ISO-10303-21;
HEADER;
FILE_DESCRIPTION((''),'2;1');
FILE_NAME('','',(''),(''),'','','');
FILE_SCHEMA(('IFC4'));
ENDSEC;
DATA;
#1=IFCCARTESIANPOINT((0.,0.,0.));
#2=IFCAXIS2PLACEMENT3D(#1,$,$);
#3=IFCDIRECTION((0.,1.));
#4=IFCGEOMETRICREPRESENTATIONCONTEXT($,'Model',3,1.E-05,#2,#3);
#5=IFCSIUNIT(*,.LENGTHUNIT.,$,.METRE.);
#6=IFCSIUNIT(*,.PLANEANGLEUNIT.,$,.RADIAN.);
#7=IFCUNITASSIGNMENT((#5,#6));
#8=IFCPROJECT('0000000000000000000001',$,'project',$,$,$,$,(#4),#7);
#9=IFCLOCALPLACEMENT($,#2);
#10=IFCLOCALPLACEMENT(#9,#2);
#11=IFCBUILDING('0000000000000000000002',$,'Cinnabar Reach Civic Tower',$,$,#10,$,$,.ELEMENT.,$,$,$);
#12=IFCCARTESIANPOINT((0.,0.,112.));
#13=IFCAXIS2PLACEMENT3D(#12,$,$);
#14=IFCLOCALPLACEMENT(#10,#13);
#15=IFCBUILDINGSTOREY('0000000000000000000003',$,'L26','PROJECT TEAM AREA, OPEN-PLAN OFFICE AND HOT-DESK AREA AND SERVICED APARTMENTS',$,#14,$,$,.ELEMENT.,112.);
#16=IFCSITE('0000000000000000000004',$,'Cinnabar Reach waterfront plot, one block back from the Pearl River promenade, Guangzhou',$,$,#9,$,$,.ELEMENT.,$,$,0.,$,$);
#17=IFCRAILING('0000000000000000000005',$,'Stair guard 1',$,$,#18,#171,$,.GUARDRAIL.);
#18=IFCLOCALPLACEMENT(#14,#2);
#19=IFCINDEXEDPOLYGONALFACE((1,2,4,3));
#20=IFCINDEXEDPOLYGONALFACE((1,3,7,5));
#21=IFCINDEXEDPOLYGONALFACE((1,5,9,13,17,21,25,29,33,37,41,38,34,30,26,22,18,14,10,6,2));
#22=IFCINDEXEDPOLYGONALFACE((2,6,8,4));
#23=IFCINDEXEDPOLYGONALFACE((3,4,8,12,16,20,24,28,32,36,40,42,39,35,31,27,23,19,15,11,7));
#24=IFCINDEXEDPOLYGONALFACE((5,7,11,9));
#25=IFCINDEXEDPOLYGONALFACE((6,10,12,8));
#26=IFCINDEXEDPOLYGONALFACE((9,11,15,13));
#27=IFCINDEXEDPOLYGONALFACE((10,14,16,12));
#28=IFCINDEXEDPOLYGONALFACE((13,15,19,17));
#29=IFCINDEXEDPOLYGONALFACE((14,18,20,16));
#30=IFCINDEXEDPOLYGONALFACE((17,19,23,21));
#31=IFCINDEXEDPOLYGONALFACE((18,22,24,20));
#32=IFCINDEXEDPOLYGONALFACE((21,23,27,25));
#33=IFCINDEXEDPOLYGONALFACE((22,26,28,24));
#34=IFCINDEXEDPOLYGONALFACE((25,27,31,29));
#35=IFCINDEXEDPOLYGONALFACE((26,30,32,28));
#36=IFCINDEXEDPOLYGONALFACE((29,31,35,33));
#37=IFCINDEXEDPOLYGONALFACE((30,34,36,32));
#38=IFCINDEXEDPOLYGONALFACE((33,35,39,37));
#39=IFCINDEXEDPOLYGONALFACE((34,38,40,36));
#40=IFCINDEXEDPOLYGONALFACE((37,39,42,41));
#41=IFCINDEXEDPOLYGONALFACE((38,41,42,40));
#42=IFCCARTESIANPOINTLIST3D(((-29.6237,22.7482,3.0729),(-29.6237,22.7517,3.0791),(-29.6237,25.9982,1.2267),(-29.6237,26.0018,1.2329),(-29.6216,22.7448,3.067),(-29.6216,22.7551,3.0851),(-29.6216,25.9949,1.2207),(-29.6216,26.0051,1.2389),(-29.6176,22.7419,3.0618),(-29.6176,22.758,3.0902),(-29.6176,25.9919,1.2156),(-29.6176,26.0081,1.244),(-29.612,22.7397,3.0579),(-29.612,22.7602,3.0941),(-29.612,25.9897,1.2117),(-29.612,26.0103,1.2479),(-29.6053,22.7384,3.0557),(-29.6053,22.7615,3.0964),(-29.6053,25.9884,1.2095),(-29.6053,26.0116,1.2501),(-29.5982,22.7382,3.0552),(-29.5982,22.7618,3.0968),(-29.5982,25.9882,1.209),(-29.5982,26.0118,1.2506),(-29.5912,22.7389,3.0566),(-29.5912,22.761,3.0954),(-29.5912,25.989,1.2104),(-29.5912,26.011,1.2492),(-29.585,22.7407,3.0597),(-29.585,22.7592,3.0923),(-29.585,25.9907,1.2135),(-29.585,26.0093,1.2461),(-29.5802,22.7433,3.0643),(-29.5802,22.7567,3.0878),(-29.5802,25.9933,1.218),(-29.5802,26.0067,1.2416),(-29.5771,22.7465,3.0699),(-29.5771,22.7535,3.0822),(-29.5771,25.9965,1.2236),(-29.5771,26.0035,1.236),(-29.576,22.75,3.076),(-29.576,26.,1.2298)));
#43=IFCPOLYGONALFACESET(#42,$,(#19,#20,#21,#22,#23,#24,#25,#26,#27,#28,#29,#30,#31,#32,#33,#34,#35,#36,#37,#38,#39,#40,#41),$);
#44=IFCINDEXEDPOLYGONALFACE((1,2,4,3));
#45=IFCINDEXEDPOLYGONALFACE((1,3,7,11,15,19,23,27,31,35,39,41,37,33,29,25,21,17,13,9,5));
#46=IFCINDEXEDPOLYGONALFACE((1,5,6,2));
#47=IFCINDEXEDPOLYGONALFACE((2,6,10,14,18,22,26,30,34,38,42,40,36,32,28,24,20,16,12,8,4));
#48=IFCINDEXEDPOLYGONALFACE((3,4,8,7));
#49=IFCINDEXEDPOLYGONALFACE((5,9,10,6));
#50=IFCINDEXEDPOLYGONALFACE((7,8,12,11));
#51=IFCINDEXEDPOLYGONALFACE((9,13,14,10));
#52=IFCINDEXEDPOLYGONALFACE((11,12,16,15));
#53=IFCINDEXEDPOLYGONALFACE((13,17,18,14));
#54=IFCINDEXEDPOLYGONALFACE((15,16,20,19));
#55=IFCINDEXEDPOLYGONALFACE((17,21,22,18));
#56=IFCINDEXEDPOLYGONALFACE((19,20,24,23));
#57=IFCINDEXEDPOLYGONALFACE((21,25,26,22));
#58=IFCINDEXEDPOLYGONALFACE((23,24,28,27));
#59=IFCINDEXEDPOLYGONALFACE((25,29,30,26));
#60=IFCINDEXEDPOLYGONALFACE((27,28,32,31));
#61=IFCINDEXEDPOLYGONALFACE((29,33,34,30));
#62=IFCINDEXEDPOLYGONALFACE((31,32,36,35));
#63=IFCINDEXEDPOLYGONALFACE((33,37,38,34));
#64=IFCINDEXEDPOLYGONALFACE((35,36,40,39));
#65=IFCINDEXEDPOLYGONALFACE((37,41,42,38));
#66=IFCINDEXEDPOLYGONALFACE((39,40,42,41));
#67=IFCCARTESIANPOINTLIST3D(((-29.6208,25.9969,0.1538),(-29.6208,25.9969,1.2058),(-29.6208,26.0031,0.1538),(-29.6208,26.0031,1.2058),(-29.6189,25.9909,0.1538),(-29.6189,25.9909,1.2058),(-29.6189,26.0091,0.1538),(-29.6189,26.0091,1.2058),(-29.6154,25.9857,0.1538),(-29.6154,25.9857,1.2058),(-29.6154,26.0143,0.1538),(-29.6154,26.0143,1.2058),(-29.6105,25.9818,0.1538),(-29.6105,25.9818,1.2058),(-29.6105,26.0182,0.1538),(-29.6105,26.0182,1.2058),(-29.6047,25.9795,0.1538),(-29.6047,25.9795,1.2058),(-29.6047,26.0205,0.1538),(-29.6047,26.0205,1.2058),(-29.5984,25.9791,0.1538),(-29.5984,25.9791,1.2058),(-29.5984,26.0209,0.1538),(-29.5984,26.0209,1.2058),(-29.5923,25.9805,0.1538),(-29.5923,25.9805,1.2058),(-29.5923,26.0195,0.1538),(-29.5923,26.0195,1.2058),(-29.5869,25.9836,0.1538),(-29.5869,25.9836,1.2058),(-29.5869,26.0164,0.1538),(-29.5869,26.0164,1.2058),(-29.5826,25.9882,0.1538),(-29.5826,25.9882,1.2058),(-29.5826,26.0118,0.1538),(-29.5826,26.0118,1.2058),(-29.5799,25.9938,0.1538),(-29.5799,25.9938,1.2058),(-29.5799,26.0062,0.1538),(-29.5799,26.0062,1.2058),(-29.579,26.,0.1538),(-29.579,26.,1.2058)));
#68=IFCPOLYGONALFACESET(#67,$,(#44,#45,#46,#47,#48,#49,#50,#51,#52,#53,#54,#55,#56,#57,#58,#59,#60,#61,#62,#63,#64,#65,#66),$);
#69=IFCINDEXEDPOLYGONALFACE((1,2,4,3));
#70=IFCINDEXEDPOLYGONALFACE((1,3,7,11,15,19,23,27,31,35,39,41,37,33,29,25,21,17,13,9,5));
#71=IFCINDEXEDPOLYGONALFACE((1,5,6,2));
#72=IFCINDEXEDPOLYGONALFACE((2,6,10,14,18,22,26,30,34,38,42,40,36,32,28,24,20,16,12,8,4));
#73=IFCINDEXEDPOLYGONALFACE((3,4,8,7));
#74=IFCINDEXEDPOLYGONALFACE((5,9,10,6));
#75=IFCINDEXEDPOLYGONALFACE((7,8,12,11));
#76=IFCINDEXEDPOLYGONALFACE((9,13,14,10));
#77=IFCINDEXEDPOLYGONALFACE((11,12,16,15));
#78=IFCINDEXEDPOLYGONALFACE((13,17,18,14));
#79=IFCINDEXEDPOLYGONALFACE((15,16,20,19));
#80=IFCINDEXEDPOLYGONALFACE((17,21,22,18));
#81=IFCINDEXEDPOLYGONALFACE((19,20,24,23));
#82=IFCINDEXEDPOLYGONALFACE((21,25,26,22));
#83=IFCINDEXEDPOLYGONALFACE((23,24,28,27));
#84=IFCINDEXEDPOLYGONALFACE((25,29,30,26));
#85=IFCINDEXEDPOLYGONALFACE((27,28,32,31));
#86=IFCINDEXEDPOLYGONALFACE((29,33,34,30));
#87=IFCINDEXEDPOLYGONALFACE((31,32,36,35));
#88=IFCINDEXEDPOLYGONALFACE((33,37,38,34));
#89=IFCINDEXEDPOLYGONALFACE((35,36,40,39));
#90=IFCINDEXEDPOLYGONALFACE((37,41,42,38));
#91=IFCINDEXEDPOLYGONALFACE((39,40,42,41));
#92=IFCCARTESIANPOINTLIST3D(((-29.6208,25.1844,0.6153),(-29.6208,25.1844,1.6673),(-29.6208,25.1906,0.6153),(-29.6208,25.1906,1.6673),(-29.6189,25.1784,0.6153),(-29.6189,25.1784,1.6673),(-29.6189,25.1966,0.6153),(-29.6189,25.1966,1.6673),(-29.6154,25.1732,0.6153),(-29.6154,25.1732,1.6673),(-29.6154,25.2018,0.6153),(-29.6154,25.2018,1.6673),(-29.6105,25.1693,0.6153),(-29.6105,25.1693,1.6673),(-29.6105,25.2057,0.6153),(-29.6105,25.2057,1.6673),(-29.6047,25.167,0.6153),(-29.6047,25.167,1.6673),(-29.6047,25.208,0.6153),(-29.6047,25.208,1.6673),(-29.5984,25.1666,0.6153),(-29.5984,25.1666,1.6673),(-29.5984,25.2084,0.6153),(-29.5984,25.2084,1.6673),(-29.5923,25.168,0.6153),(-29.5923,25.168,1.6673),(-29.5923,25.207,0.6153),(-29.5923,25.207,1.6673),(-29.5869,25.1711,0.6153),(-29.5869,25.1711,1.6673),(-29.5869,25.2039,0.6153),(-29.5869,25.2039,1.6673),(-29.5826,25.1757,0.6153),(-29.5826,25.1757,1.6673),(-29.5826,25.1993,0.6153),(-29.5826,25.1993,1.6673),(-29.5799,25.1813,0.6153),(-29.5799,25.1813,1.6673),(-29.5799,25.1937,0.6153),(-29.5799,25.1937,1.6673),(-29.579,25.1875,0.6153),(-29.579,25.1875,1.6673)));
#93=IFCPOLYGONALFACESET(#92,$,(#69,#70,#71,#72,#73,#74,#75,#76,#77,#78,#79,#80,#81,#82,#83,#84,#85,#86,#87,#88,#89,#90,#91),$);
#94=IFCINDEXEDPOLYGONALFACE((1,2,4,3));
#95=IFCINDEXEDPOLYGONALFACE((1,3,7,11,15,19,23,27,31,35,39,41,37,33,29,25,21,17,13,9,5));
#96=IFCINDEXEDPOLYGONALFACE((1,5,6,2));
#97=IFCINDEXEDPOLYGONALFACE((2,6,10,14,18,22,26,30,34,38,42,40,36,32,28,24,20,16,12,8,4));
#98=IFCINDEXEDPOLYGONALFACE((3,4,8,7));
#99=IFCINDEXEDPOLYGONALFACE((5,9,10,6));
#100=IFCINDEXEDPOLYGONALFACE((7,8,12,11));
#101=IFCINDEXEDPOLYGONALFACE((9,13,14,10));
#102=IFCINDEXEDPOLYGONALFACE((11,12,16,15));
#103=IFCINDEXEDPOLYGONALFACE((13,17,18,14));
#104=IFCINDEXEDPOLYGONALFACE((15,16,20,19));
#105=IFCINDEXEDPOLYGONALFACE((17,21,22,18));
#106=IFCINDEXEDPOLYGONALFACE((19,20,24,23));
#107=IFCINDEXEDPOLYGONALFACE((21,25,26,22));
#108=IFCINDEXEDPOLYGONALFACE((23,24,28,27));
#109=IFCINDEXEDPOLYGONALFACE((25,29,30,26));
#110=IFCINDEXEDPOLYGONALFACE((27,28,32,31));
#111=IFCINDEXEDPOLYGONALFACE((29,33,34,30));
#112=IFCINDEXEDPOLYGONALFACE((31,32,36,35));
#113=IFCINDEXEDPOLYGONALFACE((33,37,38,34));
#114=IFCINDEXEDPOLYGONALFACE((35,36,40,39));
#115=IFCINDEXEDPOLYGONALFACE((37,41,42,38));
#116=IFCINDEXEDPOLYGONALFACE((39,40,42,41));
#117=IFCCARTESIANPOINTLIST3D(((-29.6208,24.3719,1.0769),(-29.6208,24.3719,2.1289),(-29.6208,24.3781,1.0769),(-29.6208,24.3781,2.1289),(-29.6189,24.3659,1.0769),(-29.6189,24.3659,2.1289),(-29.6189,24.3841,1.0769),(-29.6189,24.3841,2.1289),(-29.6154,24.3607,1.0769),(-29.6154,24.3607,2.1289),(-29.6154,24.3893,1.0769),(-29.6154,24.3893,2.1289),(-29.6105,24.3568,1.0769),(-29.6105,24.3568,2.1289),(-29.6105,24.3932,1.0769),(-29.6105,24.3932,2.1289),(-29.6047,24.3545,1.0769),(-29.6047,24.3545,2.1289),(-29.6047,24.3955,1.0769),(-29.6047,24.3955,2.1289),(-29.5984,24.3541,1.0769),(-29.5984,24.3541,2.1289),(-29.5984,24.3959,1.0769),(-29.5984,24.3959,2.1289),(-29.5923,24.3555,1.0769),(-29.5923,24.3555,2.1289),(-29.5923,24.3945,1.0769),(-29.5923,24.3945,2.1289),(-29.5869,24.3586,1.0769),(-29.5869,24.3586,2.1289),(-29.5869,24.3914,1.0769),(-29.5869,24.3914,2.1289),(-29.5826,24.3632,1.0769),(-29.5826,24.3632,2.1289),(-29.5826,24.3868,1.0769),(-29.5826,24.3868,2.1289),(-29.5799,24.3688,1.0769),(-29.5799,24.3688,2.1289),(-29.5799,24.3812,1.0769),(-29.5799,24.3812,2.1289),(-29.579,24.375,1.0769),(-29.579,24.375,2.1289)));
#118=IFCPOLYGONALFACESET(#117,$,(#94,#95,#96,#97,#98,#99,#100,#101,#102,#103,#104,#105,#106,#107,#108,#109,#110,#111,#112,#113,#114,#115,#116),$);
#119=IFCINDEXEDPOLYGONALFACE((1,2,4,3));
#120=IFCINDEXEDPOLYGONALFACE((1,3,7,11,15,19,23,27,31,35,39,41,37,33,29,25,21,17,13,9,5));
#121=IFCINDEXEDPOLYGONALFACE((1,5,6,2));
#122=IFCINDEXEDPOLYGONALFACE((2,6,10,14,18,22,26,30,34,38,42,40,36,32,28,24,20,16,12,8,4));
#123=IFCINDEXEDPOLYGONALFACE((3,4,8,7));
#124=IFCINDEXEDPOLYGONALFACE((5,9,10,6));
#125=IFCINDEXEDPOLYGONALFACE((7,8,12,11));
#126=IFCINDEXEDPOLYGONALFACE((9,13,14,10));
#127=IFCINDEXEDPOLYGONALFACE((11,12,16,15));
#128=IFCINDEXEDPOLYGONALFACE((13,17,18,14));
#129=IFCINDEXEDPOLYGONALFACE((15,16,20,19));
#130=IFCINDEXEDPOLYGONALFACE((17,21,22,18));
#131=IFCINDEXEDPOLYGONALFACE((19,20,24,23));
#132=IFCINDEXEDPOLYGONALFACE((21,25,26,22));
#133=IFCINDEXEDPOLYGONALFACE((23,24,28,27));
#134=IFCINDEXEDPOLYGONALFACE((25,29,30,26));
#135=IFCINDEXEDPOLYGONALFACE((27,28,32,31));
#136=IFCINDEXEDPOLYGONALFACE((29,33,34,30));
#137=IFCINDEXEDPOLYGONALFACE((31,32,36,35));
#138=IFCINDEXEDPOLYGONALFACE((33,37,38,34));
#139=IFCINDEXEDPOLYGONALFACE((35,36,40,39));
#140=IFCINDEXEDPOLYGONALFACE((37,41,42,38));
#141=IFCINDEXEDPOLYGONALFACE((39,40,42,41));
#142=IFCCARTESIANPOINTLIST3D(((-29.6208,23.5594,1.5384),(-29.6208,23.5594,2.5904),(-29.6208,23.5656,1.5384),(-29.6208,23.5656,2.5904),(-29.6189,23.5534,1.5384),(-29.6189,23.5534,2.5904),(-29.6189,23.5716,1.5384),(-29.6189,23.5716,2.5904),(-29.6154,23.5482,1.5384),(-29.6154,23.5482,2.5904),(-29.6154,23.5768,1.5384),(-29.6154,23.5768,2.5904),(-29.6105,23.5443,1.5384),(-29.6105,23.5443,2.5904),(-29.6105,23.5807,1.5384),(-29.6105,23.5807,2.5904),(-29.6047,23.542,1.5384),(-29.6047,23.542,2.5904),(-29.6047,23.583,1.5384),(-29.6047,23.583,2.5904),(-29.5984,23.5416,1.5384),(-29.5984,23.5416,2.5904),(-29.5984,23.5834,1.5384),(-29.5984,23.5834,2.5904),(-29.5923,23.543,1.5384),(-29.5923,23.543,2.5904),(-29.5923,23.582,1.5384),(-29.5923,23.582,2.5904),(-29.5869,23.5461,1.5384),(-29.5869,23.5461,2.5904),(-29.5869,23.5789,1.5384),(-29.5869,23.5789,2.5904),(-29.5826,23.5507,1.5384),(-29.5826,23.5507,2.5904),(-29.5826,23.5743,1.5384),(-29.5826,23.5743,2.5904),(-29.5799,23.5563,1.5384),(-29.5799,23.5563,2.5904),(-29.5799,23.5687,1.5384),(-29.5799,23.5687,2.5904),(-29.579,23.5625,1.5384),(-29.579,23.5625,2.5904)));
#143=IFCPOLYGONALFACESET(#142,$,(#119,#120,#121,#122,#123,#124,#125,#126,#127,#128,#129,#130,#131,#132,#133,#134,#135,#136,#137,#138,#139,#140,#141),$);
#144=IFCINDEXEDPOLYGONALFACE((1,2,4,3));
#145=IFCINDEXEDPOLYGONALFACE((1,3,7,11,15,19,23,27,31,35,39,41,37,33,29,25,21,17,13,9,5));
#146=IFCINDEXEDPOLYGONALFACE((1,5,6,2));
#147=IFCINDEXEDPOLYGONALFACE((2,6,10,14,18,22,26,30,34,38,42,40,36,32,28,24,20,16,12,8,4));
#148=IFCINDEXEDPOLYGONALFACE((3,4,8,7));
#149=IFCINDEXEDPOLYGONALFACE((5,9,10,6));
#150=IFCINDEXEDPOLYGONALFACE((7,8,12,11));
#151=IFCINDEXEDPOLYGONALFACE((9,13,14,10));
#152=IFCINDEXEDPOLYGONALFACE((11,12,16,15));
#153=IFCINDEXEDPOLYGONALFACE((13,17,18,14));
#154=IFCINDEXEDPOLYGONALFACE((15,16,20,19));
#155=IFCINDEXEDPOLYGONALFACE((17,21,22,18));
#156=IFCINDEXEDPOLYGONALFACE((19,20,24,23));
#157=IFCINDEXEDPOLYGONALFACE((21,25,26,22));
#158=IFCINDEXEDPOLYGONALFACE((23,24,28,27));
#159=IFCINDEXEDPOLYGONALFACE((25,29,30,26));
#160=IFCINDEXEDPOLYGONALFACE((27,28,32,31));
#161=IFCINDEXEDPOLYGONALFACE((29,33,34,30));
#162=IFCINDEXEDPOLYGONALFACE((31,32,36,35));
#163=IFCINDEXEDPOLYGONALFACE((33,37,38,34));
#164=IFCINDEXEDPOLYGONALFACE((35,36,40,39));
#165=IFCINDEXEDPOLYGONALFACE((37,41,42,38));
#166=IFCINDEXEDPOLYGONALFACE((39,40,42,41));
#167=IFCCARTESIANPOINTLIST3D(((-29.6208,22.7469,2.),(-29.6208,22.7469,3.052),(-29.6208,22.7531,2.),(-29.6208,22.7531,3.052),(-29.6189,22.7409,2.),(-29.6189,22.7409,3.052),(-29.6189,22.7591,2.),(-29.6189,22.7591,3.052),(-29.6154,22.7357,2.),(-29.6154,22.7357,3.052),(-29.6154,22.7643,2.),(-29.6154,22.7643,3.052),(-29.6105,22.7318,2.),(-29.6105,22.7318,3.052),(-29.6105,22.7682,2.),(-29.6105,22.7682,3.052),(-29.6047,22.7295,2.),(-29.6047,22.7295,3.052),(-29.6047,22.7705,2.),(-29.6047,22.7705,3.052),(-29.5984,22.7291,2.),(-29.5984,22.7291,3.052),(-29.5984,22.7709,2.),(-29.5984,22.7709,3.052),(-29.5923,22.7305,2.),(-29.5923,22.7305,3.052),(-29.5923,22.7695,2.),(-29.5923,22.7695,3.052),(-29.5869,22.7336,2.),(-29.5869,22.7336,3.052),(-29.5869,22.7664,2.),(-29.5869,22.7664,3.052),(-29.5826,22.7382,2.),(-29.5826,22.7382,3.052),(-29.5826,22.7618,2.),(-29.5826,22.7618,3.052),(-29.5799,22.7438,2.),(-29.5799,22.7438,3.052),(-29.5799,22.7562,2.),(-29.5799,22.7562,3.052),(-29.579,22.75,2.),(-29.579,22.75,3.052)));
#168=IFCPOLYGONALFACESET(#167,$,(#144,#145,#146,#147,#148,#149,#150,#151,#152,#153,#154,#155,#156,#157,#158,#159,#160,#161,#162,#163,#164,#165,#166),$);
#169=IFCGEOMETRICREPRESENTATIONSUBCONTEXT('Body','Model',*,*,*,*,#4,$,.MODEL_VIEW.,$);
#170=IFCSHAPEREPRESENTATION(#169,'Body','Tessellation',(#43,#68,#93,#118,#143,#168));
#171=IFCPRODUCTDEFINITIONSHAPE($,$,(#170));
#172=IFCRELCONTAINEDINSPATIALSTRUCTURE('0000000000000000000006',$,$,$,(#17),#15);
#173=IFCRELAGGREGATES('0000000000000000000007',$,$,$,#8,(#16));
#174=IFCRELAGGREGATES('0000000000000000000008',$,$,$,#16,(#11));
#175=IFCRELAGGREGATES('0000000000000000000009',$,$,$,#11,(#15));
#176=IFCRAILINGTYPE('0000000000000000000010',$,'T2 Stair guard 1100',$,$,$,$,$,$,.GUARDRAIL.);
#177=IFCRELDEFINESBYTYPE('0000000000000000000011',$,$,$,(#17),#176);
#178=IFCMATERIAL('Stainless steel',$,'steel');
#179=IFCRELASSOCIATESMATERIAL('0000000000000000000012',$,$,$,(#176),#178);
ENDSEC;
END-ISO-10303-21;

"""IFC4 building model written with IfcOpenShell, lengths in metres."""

from ifc_helpers import new_model, si_unit, direction, frame, origin, origin_2d, place, context, subcontext, project, spatial, circle, extrude, material, type_object, element, save


model = new_model("IFC4")

# Units and contexts
model_context = context("Model", 3, precision=1e-05, world=origin(), true_north=direction((0.0, 1.0)))
body_context = subcontext(model_context, "Body", "Model", "MODEL_VIEW")
ifc_project = project(units=[si_unit("LENGTHUNIT", "METRE"), si_unit("PLANEANGLEUNIT", "RADIAN")], contexts=[model_context])

# Site, building, storey
site_placement = place(None, origin())
site = spatial("IfcSite", under=ifc_project, at=site_placement, Name="Cinnabar Reach waterfront plot, one block back from the Pearl River promenade, Guangzhou", CompositionType="ELEMENT", RefElevation=0.0)
building_placement = place(site_placement, origin())
building = spatial("IfcBuilding", under=site, at=building_placement, Name="Cinnabar Reach Civic Tower", CompositionType="ELEMENT")
storey_placement = place(building_placement, frame((0.0, 0.0, 112.0)))
storey = spatial("IfcBuildingStorey", under=building, at=storey_placement, Name="L26", Description="PROJECT TEAM AREA, OPEN-PLAN OFFICE AND HOT-DESK AREA AND SERVICED APARTMENTS", CompositionType="ELEMENT", Elevation=112.0)

# Railing
ifc_material_1 = material(Name="Stainless steel", Category="steel")
railing_type = type_object("IfcRailingType", Name="T2 Stair guard 1100", PredefinedType="GUARDRAIL", material=ifc_material_1)
railing_1_placement = place(storey_placement, frame((-29.6, 26.0, 0.1538)))
element("IfcRailing", 1, at=railing_1_placement, inside=storey, type_object=railing_type, Name="Stair guard 1", PredefinedType="GUARDRAIL", context=body_context, shape_type="SweptSolid", body=[
    extrude(circle(Radius=0.024, at=origin_2d()), frame((0.0, 0.0, 1.076), z_axis=(0.0, -0.869501, 0.49393), x_axis=(1.0, 0.0, 0.0)), (0.0, 0.0, 1.0), 3.7378),
    extrude(circle(Radius=0.021, at=origin_2d()), origin(), (0.0, 0.0, 1.0), 1.052),
    extrude(circle(Radius=0.021, at=origin_2d()), frame((0.0, -0.8125, 0.4615)), (0.0, 0.0, 1.0), 1.052),
    extrude(circle(Radius=0.021, at=origin_2d()), frame((0.0, -1.625, 0.9231)), (0.0, 0.0, 1.0), 1.052),
    extrude(circle(Radius=0.021, at=origin_2d()), frame((0.0, -2.4375, 1.3846)), (0.0, 0.0, 1.0), 1.052),
    extrude(circle(Radius=0.021, at=origin_2d()), frame((0.0, -3.25, 1.8462)), (0.0, 0.0, 1.0), 1.052),
])

save(model, "model.ifc")
